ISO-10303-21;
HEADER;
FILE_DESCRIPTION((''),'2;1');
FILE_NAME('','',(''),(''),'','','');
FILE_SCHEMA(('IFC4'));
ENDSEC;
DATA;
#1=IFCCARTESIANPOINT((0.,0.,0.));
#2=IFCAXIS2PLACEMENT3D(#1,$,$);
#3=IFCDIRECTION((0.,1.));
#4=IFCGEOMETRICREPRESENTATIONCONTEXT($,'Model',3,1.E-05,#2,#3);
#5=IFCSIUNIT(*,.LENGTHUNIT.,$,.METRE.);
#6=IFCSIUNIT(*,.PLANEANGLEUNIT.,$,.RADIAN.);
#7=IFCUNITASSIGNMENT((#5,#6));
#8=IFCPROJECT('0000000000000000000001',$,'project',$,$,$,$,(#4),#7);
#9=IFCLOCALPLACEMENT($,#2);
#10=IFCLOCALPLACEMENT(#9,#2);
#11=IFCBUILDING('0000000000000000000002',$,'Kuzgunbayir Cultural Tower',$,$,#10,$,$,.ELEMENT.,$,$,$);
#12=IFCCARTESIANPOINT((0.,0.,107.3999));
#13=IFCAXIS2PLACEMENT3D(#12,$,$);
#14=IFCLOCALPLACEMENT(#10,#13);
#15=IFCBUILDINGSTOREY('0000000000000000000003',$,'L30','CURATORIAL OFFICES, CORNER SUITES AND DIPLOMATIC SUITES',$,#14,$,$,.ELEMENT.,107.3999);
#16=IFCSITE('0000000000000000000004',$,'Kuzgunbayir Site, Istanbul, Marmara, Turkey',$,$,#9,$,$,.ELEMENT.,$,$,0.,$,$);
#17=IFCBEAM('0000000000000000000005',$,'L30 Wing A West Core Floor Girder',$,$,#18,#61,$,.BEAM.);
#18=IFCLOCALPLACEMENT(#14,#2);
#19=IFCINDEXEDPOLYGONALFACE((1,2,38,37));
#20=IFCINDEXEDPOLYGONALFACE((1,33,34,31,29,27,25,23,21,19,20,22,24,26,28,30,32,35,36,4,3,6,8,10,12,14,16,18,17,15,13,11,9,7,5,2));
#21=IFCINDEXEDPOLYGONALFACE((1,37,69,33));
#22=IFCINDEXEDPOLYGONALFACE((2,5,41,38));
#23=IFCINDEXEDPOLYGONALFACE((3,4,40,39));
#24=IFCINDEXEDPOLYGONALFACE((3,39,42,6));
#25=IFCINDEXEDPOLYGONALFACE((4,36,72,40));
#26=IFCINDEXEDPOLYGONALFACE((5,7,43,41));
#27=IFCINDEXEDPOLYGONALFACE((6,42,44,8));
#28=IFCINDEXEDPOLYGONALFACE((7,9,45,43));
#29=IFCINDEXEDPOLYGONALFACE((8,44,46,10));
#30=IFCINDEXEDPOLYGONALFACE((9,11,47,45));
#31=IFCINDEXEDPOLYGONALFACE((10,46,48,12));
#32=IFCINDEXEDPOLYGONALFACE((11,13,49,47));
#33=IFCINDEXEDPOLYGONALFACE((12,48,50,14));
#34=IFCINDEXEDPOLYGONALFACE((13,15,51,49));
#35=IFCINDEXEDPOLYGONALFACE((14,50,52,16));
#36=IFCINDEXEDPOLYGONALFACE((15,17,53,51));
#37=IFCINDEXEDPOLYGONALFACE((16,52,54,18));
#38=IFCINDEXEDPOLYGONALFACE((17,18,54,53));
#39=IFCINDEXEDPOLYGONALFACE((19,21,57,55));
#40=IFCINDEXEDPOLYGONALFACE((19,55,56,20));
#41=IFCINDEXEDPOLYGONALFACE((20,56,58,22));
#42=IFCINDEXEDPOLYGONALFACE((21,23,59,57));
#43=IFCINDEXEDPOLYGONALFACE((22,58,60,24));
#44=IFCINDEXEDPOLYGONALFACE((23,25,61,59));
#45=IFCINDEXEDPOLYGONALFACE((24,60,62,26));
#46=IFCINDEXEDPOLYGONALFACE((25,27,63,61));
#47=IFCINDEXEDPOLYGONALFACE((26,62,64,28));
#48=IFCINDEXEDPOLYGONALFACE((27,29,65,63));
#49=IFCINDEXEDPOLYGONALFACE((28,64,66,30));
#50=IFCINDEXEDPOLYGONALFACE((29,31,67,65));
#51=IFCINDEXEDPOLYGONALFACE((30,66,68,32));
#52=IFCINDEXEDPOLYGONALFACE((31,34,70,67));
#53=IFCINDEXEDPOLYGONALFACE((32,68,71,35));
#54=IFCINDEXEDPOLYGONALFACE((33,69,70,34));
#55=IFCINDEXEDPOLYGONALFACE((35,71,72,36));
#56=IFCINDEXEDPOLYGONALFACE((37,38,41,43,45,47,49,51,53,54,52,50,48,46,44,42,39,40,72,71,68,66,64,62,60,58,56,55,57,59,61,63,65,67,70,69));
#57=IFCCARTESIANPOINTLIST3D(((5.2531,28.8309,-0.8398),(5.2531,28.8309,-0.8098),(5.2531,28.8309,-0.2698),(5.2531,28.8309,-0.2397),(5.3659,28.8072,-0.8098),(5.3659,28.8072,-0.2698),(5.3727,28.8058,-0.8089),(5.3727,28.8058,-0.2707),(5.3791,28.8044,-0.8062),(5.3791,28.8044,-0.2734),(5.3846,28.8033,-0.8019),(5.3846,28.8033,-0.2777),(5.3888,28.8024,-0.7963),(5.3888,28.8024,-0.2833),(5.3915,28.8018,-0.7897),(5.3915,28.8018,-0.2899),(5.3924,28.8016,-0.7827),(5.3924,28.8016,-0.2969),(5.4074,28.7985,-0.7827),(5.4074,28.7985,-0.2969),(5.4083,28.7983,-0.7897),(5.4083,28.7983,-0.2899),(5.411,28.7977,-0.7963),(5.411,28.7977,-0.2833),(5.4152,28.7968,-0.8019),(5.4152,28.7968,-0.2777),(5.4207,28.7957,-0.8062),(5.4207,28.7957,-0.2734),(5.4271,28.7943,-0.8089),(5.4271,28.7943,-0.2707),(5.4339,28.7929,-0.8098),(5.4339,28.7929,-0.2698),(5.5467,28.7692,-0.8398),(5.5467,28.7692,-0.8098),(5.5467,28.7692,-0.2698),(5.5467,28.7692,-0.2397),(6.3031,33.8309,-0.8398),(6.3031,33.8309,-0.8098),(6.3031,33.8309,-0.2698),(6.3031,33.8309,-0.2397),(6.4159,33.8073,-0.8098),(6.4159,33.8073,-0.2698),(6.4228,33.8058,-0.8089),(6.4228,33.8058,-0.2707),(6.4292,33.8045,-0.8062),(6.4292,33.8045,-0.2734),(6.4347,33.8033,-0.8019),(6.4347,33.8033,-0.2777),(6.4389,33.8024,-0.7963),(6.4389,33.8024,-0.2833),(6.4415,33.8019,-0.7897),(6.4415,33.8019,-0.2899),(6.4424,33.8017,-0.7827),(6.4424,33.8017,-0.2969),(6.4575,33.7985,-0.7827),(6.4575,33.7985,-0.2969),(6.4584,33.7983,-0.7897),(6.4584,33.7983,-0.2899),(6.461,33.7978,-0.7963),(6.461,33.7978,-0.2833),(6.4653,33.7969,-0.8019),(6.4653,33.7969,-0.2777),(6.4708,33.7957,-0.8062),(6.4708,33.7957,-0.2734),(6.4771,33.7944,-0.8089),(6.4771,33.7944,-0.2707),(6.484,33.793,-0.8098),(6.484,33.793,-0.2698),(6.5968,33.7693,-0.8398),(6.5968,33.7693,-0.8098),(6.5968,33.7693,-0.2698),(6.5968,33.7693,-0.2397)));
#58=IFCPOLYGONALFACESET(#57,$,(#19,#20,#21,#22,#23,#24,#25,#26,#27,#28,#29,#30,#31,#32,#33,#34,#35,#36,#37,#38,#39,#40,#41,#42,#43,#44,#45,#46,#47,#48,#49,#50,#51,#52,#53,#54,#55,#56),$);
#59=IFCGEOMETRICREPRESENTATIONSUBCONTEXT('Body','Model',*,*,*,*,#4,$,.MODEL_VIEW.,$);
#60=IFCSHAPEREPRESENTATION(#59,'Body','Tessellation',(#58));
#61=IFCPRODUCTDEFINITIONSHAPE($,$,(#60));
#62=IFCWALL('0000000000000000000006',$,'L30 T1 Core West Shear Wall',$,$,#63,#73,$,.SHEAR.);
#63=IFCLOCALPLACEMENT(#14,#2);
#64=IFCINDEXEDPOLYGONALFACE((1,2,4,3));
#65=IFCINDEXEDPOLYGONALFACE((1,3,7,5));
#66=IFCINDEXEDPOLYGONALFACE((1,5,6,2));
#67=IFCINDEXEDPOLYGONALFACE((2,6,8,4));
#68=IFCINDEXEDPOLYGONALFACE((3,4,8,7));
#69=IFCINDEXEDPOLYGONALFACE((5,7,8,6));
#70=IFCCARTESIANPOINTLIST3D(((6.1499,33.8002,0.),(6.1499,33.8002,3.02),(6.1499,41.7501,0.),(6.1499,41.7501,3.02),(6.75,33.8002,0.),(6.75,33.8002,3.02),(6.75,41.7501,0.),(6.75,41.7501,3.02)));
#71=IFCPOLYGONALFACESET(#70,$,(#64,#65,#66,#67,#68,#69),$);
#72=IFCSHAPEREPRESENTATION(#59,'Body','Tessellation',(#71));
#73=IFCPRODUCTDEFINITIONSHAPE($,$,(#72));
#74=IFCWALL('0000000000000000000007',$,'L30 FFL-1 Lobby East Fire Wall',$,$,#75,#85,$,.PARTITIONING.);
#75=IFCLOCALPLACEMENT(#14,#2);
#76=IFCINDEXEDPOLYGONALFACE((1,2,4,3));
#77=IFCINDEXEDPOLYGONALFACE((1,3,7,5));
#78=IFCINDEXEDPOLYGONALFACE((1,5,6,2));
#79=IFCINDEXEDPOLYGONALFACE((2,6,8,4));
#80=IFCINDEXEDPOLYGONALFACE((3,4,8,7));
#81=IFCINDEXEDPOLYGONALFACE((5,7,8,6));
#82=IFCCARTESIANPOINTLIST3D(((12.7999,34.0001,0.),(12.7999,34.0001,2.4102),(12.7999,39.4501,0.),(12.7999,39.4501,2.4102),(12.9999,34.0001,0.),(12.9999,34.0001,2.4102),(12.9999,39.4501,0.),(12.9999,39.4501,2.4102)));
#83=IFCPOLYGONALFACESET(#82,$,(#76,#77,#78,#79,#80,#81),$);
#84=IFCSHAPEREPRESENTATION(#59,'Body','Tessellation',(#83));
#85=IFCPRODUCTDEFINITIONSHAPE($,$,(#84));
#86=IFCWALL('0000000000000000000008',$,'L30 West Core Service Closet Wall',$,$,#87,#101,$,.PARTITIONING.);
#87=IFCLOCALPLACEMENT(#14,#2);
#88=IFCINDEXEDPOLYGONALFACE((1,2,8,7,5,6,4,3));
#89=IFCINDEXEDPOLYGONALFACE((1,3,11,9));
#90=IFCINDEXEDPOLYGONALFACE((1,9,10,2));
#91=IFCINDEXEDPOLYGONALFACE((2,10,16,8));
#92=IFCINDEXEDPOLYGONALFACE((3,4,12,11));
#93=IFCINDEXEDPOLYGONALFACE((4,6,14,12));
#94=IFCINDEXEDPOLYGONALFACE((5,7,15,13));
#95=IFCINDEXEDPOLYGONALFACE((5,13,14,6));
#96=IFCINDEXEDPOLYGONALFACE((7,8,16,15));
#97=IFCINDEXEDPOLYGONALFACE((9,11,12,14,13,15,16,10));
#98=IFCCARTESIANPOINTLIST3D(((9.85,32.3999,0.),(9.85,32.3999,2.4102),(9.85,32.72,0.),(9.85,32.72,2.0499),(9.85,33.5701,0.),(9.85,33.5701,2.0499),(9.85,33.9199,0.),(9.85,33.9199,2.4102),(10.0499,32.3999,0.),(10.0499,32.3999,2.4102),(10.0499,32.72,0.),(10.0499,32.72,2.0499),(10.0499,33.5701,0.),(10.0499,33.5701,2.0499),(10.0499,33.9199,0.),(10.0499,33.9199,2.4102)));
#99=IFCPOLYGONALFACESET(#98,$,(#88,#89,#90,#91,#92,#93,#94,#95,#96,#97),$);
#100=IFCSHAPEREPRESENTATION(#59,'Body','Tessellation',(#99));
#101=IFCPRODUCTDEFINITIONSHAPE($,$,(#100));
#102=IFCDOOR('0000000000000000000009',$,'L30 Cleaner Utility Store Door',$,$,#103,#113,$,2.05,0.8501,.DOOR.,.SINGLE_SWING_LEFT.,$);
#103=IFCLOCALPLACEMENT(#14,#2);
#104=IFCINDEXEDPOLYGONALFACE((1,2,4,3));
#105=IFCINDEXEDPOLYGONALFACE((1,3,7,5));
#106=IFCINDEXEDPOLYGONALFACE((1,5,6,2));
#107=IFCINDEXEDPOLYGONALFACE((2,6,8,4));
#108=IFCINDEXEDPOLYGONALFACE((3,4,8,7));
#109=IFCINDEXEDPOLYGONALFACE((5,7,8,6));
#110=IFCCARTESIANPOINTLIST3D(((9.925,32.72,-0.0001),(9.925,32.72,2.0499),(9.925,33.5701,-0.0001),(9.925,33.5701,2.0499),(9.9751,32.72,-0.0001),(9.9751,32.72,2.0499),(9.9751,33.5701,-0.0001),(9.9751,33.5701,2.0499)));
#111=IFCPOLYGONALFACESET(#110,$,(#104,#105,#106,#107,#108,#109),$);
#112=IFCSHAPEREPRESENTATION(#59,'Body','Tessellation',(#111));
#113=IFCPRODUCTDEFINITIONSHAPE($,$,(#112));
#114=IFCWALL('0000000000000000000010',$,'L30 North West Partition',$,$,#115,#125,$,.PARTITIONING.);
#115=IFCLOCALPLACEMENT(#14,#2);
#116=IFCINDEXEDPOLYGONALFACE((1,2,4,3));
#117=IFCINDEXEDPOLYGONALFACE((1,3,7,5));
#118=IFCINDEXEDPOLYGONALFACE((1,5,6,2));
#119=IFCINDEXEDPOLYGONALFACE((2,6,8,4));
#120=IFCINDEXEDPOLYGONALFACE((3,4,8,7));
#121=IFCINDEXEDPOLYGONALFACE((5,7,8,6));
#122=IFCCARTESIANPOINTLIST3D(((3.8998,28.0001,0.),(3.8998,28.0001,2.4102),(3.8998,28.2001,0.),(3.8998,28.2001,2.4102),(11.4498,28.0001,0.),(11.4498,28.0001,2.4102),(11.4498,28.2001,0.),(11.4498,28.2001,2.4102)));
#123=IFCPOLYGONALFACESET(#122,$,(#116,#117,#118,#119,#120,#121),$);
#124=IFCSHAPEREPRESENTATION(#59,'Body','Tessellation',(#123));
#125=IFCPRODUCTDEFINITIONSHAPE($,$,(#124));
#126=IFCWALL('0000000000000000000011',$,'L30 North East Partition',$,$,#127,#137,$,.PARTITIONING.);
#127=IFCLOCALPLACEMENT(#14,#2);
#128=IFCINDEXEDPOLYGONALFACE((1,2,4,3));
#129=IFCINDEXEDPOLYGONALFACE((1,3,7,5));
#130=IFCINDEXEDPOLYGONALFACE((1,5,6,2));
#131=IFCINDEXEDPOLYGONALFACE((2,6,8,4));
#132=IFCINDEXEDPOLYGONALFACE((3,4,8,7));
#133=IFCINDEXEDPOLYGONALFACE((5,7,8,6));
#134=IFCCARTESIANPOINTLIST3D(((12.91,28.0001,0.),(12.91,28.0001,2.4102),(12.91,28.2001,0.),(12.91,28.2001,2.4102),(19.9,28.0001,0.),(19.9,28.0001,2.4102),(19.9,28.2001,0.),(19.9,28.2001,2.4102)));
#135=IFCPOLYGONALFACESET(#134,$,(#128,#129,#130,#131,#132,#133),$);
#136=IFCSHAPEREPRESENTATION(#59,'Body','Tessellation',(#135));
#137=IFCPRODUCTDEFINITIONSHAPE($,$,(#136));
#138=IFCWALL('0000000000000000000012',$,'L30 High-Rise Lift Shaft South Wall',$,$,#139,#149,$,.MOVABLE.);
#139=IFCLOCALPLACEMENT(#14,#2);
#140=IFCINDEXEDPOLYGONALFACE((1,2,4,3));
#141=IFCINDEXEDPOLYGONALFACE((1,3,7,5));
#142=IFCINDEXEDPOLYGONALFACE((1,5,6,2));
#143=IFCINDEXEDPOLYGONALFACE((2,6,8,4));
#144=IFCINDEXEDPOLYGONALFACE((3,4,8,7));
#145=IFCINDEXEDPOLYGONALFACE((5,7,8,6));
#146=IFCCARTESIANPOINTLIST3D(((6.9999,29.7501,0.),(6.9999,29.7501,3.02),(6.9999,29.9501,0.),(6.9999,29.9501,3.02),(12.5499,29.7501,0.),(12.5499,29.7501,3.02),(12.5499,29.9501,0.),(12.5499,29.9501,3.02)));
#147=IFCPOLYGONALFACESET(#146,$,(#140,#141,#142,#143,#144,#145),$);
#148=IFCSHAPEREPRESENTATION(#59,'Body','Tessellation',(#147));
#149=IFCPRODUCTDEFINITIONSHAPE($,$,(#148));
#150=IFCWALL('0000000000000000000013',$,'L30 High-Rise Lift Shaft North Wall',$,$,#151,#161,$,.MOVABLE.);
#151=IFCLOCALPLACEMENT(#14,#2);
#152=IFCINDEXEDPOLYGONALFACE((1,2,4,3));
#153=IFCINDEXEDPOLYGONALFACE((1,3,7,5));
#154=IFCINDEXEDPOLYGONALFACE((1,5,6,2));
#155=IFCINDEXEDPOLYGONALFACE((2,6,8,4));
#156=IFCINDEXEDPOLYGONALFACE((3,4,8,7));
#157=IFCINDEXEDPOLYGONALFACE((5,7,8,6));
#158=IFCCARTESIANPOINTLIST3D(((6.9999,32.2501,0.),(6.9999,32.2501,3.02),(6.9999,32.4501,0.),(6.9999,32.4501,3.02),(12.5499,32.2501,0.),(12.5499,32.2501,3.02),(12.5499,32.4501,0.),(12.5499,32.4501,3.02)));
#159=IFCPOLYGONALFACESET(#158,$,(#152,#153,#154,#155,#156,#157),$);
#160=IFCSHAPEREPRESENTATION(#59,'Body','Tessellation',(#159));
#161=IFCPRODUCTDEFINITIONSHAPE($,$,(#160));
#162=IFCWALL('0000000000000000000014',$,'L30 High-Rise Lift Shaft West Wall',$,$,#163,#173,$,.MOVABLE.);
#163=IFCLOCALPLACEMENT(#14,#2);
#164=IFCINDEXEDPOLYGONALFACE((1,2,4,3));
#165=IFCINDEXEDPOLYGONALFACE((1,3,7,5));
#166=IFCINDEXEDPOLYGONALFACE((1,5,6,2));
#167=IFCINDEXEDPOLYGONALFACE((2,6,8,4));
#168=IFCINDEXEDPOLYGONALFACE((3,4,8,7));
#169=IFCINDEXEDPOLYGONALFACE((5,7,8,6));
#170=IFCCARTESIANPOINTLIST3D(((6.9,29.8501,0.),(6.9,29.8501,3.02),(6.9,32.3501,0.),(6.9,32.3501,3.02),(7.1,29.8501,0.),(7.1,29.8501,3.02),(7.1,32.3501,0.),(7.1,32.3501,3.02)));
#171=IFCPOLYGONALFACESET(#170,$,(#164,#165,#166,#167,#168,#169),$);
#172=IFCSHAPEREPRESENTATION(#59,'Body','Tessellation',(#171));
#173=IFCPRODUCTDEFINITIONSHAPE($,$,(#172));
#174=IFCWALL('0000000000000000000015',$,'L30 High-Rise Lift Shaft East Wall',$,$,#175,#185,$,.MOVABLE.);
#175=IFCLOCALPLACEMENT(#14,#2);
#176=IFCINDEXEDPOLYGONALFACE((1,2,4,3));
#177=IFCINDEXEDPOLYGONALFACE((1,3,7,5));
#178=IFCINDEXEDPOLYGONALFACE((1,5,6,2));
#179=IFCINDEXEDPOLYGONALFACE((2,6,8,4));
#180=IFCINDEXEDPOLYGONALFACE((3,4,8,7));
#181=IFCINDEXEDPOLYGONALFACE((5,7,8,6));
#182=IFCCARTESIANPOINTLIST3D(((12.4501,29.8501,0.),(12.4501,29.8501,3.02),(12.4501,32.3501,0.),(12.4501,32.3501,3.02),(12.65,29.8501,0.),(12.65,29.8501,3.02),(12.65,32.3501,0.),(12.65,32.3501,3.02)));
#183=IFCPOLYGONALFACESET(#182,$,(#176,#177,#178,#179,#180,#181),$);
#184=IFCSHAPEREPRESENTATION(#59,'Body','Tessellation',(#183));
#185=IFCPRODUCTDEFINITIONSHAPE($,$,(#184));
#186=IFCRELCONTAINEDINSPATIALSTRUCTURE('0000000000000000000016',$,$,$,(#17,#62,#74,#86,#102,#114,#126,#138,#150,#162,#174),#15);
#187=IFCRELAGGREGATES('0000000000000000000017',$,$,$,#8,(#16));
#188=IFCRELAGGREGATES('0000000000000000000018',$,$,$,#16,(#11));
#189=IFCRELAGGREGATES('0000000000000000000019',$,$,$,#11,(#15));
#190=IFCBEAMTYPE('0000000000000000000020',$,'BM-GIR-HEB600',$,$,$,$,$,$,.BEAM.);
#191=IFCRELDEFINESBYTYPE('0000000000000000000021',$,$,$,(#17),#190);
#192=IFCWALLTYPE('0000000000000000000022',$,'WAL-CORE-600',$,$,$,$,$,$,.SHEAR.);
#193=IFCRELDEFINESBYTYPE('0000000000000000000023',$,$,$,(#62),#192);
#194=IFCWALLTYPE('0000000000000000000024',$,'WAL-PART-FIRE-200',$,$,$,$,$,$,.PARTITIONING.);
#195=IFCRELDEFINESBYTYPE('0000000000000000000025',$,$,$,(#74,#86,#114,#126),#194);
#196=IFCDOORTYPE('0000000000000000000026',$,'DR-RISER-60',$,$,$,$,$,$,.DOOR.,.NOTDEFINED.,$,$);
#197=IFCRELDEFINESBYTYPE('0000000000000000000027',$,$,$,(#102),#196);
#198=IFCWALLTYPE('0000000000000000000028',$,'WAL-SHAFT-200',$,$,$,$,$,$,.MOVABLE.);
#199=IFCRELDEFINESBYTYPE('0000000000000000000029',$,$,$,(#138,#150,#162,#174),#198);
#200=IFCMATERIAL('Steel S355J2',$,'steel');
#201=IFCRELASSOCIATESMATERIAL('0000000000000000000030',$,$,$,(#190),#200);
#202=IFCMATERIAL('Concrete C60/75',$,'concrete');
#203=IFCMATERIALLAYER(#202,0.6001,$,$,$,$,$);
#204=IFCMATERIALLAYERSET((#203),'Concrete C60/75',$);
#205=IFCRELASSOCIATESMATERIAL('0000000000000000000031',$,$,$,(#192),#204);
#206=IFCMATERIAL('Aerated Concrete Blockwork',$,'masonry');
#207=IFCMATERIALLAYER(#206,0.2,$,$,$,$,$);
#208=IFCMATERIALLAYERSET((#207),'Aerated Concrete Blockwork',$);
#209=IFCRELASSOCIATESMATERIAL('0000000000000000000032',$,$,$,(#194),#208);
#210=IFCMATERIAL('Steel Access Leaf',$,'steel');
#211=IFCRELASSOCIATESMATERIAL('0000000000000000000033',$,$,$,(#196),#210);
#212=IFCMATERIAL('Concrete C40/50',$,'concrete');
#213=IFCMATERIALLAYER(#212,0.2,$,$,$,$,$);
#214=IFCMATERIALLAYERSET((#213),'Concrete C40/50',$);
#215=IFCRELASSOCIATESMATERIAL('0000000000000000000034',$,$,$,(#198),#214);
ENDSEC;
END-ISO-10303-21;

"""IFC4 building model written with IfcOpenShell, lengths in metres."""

from ifc_helpers import new_model, si_unit, direction, frame, frame_2d, origin, origin_2d, place, context, subcontext, project, spatial, rectangle, i_section, extrude, material, layer, layer_set, material_profile, profile_set, type_object, element, fill, save


model = new_model("IFC4")

# Units and contexts
model_context = context("Model", 3, precision=1e-05, world=origin(), true_north=direction((0.0, 1.0)))
body_context = subcontext(model_context, "Body", "Model", "MODEL_VIEW")
ifc_project = project(units=[si_unit("LENGTHUNIT", "METRE"), si_unit("PLANEANGLEUNIT", "RADIAN")], contexts=[model_context])

# Site, building, storey
site_placement = place(None, origin())
site = spatial("IfcSite", under=ifc_project, at=site_placement, Name="Kuzgunbayir Site, Istanbul, Marmara, Turkey", CompositionType="ELEMENT", RefElevation=0.0)
building_placement = place(site_placement, origin())
building = spatial("IfcBuilding", under=site, at=building_placement, Name="Kuzgunbayir Cultural Tower", CompositionType="ELEMENT")
storey_placement = place(building_placement, frame((0.0, 0.0, 107.3999)))
storey = spatial("IfcBuildingStorey", under=building, at=storey_placement, Name="L30", Description="CURATORIAL OFFICES, CORNER SUITES AND DIPLOMATIC SUITES", CompositionType="ELEMENT", Elevation=107.3999)

# Beam
ifc_material_1 = material(Name="Steel S355J2", Category="steel")
ifc_material_profile_1 = material_profile(ifc_material_1, i_section(OverallWidth=0.3, OverallDepth=0.6001, WebThickness=0.0154, FlangeThickness=0.03, FilletRadius=0.0271, at=origin_2d()), Name="HEB 600")
ifc_profile_set_1 = profile_set([ifc_material_profile_1], Name="Steel S355J2")
beam_type_1 = type_object("IfcBeamType", Name="BM-GIR-HEB600", PredefinedType="BEAM", material=ifc_profile_set_1)
beam_1_placement = place(storey_placement, frame((5.3999, 28.8, -0.5398), z_axis=(0.205526, 0.978652, 0.0), x_axis=(-0.978652, 0.205526, 0.0)))
element("IfcBeam", 1, at=beam_1_placement, inside=storey, type_object=beam_type_1, Name="L30 Wing A West Core Floor Girder", PredefinedType="BEAM", context=body_context, shape_type="SweptSolid", body=[
    extrude(i_section(OverallWidth=0.3, OverallDepth=0.6001, WebThickness=0.0154, FlangeThickness=0.03, FilletRadius=0.0271, at=origin_2d()), origin(), (0.0, 0.0, 1.0), 5.1091),
])

# Walls
ifc_material_2 = material(Name="Concrete C60/75", Category="concrete")
ifc_layer_1 = layer(ifc_material_2, 0.6001)
ifc_layer_set_1 = layer_set([ifc_layer_1], Name="Concrete C60/75")
wall_type_1 = type_object("IfcWallType", Name="WAL-CORE-600", PredefinedType="SHEAR", material=ifc_layer_set_1)
wall_1_placement = place(storey_placement, frame((6.45, 33.8, 0.0), z_axis=(0.0, 0.0, 1.0), x_axis=(0.0, 1.0, 0.0)))
element("IfcWall", 2, at=wall_1_placement, inside=storey, type_object=wall_type_1, Name="L30 T1 Core West Shear Wall", PredefinedType="SHEAR", context=body_context, shape_type="SweptSolid", body=[
    extrude(rectangle(XDim=7.95, YDim=0.6001, at=frame_2d((3.9751, 0.0))), origin(), (0.0, 0.0, 1.0), 3.02),
])
ifc_material_3 = material(Name="Aerated Concrete Blockwork", Category="masonry")
ifc_layer_2 = layer(ifc_material_3, 0.2)
ifc_layer_set_2 = layer_set([ifc_layer_2], Name="Aerated Concrete Blockwork")
wall_type_2 = type_object("IfcWallType", Name="WAL-PART-FIRE-200", PredefinedType="PARTITIONING", material=ifc_layer_set_2)
wall_2_placement = place(storey_placement, frame((12.8999, 34.0, 0.0), z_axis=(0.0, 0.0, 1.0), x_axis=(0.0, 1.0, 0.0)))
element("IfcWall", 3, at=wall_2_placement, inside=storey, type_object=wall_type_2, Name="L30 FFL-1 Lobby East Fire Wall", PredefinedType="PARTITIONING", context=body_context, shape_type="SweptSolid", body=[
    extrude(rectangle(XDim=5.45, YDim=0.2, at=frame_2d((2.7251, 0.0))), origin(), (0.0, 0.0, 1.0), 2.4102),
])

# Wall, opening, door
wall_3_placement = place(storey_placement, frame((9.95, 32.3999, 0.0), z_axis=(0.0, 0.0, 1.0), x_axis=(0.0, 1.0, 0.0)))
wall_3 = element("IfcWall", 4, at=wall_3_placement, inside=storey, type_object=wall_type_2, Name="L30 West Core Service Closet Wall", PredefinedType="PARTITIONING", context=body_context, shape_type="SweptSolid", body=[
    extrude(rectangle(XDim=1.52, YDim=0.2, at=frame_2d((0.76, 0.0))), origin(), (0.0, 0.0, 1.0), 2.4102),
])
opening_1_placement = place(wall_3_placement, frame((0.3201, 0.0, 0.0)))
opening_1 = element("IfcOpeningElement", 5, at=opening_1_placement, cuts=wall_3, PredefinedType="OPENING", context=body_context, shape_type="SweptSolid", body=[
    extrude(rectangle(XDim=0.8501, YDim=2.05, at=frame_2d((0.425, 1.0249))), frame((0.0, 0.1099, 0.0), z_axis=(0.0, -1.0, 0.0), x_axis=(1.0, 0.0, 0.0)), (0.0, 0.0, 1.0), 0.22),
])
ifc_material_4 = material(Name="Steel Access Leaf", Category="steel")
door_type_1 = type_object("IfcDoorType", Name="DR-RISER-60", OperationType="NOTDEFINED", PredefinedType="DOOR", material=ifc_material_4)
door_1_placement = place(opening_1_placement, origin())
door_1 = element("IfcDoor", 6, at=door_1_placement, inside=storey, type_object=door_type_1, Name="L30 Cleaner Utility Store Door", OperationType="SINGLE_SWING_LEFT", OverallHeight=2.05, OverallWidth=0.8501, PredefinedType="DOOR", context=body_context, shape_type="SweptSolid", body=[
    extrude(rectangle(XDim=0.8501, YDim=2.05, at=frame_2d((0.425, 1.0249))), frame((0.0, 0.0249, 0.0), z_axis=(0.0, -1.0, 0.0), x_axis=(1.0, 0.0, 0.0)), (0.0, 0.0, 1.0), 0.05),
])
fill(opening_1, door_1)

# Walls
wall_4_placement = place(storey_placement, frame((3.8999, 28.1001, 0.0), z_axis=(0.0, 0.0, 1.0), x_axis=(1.0, 0.0, 0.0)))
element("IfcWall", 7, at=wall_4_placement, inside=storey, type_object=wall_type_2, Name="L30 North West Partition", PredefinedType="PARTITIONING", context=body_context, shape_type="SweptSolid", body=[
    extrude(rectangle(XDim=7.55, YDim=0.2, at=frame_2d((3.7749, 0.0))), origin(), (0.0, 0.0, 1.0), 2.4102),
])
wall_5_placement = place(storey_placement, frame((12.9099, 28.1001, 0.0), z_axis=(0.0, 0.0, 1.0), x_axis=(1.0, 0.0, 0.0)))
element("IfcWall", 8, at=wall_5_placement, inside=storey, type_object=wall_type_2, Name="L30 North East Partition", PredefinedType="PARTITIONING", context=body_context, shape_type="SweptSolid", body=[
    extrude(rectangle(XDim=6.99, YDim=0.2, at=frame_2d((3.4951, 0.0))), origin(), (0.0, 0.0, 1.0), 2.4102),
])
ifc_material_5 = material(Name="Concrete C40/50", Category="concrete")
ifc_layer_3 = layer(ifc_material_5, 0.2)
ifc_layer_set_3 = layer_set([ifc_layer_3], Name="Concrete C40/50")
wall_type_3 = type_object("IfcWallType", Name="WAL-SHAFT-200", PredefinedType="MOVABLE", material=ifc_layer_set_3)
for number, where, z_axis, x_axis, name in (
    (9, (7.0, 29.8501, 0.0), (0.0, 0.0, 1.0), (1.0, 0.0, 0.0), "L30 High-Rise Lift Shaft South Wall"),
    (10, (7.0, 32.3501, 0.0), (0.0, 0.0, 1.0), (1.0, 0.0, 0.0), "L30 High-Rise Lift Shaft North Wall"),
):
    element("IfcWall", number, at=place(storey_placement, frame(where, z_axis=z_axis, x_axis=x_axis)), inside=storey, type_object=wall_type_3, Name=name, PredefinedType="MOVABLE", context=body_context, shape_type="SweptSolid", body=[
        extrude(rectangle(XDim=5.55, YDim=0.2, at=frame_2d((2.7749, 0.0))), origin(), (0.0, 0.0, 1.0), 3.02),
    ])
for number, where, z_axis, x_axis, name in (
    (11, (7.0, 29.8501, 0.0), (0.0, 0.0, 1.0), (0.0, 1.0, 0.0), "L30 High-Rise Lift Shaft West Wall"),
    (12, (12.55, 29.8501, 0.0), (0.0, 0.0, 1.0), (0.0, 1.0, 0.0), "L30 High-Rise Lift Shaft East Wall"),
):
    element("IfcWall", number, at=place(storey_placement, frame(where, z_axis=z_axis, x_axis=x_axis)), inside=storey, type_object=wall_type_3, Name=name, PredefinedType="MOVABLE", context=body_context, shape_type="SweptSolid", body=[
        extrude(rectangle(XDim=2.5, YDim=0.2, at=frame_2d((1.25, 0.0))), origin(), (0.0, 0.0, 1.0), 3.02),
    ])

save(model, "model.ifc")
